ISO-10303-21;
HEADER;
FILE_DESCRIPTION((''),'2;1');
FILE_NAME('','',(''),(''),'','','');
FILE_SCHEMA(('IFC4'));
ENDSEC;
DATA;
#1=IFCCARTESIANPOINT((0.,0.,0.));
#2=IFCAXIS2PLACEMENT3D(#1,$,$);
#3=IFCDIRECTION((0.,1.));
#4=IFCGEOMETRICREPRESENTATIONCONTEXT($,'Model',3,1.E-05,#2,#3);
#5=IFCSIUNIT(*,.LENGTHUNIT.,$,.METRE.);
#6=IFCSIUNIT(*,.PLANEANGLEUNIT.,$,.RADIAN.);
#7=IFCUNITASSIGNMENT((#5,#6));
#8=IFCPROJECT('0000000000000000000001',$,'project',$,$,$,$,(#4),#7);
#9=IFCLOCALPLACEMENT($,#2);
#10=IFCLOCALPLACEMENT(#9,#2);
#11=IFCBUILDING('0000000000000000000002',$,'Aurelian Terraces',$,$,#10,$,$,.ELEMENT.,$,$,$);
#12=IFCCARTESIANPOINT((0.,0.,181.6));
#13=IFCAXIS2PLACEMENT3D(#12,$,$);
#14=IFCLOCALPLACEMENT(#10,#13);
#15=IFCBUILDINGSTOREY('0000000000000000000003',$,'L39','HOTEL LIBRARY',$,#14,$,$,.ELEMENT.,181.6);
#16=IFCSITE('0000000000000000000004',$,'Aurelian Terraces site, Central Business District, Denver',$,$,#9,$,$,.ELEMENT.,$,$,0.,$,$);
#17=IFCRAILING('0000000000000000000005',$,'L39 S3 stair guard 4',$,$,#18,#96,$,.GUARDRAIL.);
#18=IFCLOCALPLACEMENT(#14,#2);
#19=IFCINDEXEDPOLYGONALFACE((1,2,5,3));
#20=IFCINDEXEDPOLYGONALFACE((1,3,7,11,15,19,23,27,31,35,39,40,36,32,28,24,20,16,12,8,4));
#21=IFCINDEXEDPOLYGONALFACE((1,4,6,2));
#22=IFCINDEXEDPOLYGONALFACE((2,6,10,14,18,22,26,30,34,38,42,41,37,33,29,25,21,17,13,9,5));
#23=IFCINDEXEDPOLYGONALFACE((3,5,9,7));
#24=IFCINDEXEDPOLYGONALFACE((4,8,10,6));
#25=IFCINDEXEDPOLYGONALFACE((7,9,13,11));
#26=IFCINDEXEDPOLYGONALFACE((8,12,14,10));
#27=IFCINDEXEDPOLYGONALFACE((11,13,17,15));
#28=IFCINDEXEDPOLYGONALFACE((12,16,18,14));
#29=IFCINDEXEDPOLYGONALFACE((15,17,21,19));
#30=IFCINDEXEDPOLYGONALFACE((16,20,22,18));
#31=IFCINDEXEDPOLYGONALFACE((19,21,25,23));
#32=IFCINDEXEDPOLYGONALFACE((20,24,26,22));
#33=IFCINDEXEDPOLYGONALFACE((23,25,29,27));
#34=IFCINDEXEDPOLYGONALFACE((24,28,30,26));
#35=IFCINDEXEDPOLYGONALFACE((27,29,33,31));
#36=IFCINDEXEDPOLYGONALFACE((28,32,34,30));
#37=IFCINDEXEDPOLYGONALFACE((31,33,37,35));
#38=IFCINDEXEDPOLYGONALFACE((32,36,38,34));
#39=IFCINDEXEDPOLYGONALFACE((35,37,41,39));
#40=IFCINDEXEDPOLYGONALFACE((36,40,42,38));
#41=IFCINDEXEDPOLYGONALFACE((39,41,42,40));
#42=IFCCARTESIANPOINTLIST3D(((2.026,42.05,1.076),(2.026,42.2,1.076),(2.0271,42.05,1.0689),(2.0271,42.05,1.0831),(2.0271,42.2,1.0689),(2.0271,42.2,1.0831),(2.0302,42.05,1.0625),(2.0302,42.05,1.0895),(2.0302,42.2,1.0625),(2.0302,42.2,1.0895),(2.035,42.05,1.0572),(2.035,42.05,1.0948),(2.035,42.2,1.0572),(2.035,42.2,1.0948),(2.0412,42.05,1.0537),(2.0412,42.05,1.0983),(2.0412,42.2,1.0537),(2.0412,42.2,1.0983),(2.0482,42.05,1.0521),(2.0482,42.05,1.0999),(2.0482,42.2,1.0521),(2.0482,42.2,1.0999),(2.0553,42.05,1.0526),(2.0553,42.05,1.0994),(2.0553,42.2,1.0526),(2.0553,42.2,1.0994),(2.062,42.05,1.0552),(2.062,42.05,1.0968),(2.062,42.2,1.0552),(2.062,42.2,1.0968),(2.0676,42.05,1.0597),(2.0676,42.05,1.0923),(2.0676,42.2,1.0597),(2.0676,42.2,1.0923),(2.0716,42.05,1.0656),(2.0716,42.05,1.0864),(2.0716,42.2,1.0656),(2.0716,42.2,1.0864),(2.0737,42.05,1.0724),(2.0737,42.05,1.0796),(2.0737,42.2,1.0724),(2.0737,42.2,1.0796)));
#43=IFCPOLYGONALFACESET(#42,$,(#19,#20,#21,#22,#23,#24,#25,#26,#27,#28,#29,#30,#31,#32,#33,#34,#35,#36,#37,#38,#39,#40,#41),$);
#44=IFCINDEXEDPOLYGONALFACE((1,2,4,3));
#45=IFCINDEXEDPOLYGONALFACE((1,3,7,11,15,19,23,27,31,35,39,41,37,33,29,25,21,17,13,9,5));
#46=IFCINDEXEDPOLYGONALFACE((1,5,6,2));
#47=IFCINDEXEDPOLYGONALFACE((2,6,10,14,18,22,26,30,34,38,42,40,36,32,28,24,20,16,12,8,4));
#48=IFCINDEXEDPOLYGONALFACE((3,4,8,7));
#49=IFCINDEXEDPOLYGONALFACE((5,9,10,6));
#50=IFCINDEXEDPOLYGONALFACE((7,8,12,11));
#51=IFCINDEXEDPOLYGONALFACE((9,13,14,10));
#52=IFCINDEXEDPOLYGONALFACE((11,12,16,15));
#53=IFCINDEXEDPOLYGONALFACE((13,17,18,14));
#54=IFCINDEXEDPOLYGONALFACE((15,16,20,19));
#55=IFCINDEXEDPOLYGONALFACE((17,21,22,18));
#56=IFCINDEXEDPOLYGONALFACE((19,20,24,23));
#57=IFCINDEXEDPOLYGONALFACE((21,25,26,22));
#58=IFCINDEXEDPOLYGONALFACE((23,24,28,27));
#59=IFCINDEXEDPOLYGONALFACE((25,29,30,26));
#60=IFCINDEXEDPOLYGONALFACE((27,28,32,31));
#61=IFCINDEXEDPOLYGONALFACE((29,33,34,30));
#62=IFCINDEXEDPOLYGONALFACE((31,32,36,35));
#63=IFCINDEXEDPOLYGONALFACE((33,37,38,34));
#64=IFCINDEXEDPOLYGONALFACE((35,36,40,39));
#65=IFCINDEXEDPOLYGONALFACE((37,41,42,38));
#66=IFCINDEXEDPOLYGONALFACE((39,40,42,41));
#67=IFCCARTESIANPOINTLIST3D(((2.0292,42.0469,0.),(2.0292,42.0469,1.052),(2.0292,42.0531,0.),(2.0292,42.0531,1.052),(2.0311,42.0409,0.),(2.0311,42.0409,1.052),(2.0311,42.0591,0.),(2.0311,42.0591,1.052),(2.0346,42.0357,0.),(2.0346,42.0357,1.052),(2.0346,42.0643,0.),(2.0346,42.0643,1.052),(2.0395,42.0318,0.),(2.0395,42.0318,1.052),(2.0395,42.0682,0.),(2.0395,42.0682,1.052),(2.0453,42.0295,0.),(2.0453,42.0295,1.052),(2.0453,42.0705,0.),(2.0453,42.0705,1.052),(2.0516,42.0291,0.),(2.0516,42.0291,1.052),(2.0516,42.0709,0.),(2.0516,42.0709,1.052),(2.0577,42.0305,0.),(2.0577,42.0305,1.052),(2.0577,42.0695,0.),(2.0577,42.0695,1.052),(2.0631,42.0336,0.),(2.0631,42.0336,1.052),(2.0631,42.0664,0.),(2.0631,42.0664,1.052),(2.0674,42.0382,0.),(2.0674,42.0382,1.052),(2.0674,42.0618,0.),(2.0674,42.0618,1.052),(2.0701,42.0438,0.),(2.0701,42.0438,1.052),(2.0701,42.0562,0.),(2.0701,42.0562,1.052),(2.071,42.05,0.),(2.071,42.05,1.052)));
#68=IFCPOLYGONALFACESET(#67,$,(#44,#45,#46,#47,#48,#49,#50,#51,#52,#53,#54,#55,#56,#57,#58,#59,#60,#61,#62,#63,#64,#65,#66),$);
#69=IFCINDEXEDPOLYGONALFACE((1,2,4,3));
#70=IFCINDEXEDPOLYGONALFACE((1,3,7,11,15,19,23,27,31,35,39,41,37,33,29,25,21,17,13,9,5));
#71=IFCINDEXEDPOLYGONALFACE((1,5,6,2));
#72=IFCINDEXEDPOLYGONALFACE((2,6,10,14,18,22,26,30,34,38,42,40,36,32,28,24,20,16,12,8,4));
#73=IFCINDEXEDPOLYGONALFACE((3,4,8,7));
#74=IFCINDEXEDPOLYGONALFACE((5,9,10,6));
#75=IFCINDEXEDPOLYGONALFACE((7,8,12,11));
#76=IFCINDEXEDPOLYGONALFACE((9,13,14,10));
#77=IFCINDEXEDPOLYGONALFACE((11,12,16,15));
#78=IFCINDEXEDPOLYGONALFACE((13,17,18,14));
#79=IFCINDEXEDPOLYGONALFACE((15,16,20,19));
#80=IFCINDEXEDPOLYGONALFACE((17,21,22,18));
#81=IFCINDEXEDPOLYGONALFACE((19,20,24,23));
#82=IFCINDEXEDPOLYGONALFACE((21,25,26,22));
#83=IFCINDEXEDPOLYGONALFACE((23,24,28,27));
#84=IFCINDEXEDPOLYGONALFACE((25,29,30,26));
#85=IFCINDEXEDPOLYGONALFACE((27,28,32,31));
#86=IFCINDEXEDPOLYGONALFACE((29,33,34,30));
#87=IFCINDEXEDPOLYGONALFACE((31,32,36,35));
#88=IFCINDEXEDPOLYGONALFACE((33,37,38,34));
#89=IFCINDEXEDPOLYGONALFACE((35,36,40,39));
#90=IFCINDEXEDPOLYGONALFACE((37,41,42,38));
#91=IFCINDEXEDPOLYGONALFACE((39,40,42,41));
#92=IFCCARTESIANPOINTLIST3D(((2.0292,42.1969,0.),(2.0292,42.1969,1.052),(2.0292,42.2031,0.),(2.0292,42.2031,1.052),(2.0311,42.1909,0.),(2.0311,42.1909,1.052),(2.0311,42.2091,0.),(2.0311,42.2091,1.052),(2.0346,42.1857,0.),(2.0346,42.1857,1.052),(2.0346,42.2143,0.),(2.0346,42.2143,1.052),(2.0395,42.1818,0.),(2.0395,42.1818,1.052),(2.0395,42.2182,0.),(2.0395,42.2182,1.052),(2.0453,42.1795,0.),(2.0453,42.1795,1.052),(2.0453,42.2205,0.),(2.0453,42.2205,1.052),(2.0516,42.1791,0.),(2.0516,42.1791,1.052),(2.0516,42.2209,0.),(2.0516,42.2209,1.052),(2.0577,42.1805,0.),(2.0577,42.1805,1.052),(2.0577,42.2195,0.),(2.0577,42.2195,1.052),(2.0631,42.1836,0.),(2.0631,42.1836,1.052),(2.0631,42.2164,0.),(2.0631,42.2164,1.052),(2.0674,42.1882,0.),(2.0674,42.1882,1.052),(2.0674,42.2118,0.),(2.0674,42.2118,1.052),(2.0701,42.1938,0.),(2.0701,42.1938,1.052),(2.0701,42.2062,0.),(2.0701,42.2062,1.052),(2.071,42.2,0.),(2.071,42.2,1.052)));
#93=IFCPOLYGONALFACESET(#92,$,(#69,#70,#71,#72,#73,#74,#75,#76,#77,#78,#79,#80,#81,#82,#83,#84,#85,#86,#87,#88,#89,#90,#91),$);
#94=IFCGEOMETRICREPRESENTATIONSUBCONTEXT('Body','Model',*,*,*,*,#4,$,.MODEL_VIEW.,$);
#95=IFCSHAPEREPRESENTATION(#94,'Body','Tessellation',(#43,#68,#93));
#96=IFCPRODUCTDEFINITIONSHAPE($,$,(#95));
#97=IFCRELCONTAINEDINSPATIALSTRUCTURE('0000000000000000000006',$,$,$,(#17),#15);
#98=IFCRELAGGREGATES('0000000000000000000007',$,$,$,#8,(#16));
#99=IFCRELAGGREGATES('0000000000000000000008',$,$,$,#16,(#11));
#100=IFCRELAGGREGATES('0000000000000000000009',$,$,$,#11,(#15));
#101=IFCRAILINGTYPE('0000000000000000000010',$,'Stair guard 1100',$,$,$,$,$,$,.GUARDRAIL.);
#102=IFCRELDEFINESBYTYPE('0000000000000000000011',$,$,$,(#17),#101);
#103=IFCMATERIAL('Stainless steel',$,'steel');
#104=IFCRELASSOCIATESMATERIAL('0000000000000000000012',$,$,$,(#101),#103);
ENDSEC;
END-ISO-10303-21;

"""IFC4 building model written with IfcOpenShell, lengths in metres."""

from ifc_helpers import new_model, si_unit, direction, frame, origin, origin_2d, place, context, subcontext, project, spatial, circle, extrude, source, transform, mapped, material, type_object, element, save


model = new_model("IFC4")

# Units and contexts
model_context = context("Model", 3, precision=1e-05, world=origin(), true_north=direction((0.0, 1.0)))
body_context = subcontext(model_context, "Body", "Model", "MODEL_VIEW")
ifc_project = project(units=[si_unit("LENGTHUNIT", "METRE"), si_unit("PLANEANGLEUNIT", "RADIAN")], contexts=[model_context])

# Site, building, storey
site_placement = place(None, origin())
site = spatial("IfcSite", under=ifc_project, at=site_placement, Name="Aurelian Terraces site, Central Business District, Denver", CompositionType="ELEMENT", RefElevation=0.0)
building_placement = place(site_placement, origin())
building = spatial("IfcBuilding", under=site, at=building_placement, Name="Aurelian Terraces", CompositionType="ELEMENT")
storey_placement = place(building_placement, frame((0.0, 0.0, 181.6)))
storey = spatial("IfcBuildingStorey", under=building, at=storey_placement, Name="L39", Description="HOTEL LIBRARY", CompositionType="ELEMENT", Elevation=181.6)

# Railing
ifc_material_1 = material(Name="Stainless steel", Category="steel")
railing_type_1 = type_object("IfcRailingType", Name="Stair guard 1100", PredefinedType="GUARDRAIL", material=ifc_material_1)
shared_shape_1 = source(origin(), body_context, "Body", "SweptSolid", [
    extrude(circle(Radius=0.024, at=origin_2d()), frame((0.0, 0.0, 1.076), z_axis=(0.0, 1.0, 0.0), x_axis=(-1.0, 0.0, 0.0)), (0.0, 0.0, 1.0), 0.15),
    extrude(circle(Radius=0.021, at=origin_2d()), origin(), (0.0, 0.0, 1.0), 1.052),
    extrude(circle(Radius=0.021, at=origin_2d()), frame((0.0, 0.15, 0.0)), (0.0, 0.0, 1.0), 1.052),
])
for number, where, name in (
    (1, (2.05, 42.05, 0.0), "L39 S3 stair guard 4"),
):
    element("IfcRailing", number, at=place(storey_placement, frame(where)), inside=storey, type_object=railing_type_1, Name=name, PredefinedType="GUARDRAIL", context=body_context, shape_type="MappedRepresentation", body=[
        mapped(shared_shape_1, transform((0.0, 0.0, 0.0), scale=1.0)),
    ])

save(model, "model.ifc")
